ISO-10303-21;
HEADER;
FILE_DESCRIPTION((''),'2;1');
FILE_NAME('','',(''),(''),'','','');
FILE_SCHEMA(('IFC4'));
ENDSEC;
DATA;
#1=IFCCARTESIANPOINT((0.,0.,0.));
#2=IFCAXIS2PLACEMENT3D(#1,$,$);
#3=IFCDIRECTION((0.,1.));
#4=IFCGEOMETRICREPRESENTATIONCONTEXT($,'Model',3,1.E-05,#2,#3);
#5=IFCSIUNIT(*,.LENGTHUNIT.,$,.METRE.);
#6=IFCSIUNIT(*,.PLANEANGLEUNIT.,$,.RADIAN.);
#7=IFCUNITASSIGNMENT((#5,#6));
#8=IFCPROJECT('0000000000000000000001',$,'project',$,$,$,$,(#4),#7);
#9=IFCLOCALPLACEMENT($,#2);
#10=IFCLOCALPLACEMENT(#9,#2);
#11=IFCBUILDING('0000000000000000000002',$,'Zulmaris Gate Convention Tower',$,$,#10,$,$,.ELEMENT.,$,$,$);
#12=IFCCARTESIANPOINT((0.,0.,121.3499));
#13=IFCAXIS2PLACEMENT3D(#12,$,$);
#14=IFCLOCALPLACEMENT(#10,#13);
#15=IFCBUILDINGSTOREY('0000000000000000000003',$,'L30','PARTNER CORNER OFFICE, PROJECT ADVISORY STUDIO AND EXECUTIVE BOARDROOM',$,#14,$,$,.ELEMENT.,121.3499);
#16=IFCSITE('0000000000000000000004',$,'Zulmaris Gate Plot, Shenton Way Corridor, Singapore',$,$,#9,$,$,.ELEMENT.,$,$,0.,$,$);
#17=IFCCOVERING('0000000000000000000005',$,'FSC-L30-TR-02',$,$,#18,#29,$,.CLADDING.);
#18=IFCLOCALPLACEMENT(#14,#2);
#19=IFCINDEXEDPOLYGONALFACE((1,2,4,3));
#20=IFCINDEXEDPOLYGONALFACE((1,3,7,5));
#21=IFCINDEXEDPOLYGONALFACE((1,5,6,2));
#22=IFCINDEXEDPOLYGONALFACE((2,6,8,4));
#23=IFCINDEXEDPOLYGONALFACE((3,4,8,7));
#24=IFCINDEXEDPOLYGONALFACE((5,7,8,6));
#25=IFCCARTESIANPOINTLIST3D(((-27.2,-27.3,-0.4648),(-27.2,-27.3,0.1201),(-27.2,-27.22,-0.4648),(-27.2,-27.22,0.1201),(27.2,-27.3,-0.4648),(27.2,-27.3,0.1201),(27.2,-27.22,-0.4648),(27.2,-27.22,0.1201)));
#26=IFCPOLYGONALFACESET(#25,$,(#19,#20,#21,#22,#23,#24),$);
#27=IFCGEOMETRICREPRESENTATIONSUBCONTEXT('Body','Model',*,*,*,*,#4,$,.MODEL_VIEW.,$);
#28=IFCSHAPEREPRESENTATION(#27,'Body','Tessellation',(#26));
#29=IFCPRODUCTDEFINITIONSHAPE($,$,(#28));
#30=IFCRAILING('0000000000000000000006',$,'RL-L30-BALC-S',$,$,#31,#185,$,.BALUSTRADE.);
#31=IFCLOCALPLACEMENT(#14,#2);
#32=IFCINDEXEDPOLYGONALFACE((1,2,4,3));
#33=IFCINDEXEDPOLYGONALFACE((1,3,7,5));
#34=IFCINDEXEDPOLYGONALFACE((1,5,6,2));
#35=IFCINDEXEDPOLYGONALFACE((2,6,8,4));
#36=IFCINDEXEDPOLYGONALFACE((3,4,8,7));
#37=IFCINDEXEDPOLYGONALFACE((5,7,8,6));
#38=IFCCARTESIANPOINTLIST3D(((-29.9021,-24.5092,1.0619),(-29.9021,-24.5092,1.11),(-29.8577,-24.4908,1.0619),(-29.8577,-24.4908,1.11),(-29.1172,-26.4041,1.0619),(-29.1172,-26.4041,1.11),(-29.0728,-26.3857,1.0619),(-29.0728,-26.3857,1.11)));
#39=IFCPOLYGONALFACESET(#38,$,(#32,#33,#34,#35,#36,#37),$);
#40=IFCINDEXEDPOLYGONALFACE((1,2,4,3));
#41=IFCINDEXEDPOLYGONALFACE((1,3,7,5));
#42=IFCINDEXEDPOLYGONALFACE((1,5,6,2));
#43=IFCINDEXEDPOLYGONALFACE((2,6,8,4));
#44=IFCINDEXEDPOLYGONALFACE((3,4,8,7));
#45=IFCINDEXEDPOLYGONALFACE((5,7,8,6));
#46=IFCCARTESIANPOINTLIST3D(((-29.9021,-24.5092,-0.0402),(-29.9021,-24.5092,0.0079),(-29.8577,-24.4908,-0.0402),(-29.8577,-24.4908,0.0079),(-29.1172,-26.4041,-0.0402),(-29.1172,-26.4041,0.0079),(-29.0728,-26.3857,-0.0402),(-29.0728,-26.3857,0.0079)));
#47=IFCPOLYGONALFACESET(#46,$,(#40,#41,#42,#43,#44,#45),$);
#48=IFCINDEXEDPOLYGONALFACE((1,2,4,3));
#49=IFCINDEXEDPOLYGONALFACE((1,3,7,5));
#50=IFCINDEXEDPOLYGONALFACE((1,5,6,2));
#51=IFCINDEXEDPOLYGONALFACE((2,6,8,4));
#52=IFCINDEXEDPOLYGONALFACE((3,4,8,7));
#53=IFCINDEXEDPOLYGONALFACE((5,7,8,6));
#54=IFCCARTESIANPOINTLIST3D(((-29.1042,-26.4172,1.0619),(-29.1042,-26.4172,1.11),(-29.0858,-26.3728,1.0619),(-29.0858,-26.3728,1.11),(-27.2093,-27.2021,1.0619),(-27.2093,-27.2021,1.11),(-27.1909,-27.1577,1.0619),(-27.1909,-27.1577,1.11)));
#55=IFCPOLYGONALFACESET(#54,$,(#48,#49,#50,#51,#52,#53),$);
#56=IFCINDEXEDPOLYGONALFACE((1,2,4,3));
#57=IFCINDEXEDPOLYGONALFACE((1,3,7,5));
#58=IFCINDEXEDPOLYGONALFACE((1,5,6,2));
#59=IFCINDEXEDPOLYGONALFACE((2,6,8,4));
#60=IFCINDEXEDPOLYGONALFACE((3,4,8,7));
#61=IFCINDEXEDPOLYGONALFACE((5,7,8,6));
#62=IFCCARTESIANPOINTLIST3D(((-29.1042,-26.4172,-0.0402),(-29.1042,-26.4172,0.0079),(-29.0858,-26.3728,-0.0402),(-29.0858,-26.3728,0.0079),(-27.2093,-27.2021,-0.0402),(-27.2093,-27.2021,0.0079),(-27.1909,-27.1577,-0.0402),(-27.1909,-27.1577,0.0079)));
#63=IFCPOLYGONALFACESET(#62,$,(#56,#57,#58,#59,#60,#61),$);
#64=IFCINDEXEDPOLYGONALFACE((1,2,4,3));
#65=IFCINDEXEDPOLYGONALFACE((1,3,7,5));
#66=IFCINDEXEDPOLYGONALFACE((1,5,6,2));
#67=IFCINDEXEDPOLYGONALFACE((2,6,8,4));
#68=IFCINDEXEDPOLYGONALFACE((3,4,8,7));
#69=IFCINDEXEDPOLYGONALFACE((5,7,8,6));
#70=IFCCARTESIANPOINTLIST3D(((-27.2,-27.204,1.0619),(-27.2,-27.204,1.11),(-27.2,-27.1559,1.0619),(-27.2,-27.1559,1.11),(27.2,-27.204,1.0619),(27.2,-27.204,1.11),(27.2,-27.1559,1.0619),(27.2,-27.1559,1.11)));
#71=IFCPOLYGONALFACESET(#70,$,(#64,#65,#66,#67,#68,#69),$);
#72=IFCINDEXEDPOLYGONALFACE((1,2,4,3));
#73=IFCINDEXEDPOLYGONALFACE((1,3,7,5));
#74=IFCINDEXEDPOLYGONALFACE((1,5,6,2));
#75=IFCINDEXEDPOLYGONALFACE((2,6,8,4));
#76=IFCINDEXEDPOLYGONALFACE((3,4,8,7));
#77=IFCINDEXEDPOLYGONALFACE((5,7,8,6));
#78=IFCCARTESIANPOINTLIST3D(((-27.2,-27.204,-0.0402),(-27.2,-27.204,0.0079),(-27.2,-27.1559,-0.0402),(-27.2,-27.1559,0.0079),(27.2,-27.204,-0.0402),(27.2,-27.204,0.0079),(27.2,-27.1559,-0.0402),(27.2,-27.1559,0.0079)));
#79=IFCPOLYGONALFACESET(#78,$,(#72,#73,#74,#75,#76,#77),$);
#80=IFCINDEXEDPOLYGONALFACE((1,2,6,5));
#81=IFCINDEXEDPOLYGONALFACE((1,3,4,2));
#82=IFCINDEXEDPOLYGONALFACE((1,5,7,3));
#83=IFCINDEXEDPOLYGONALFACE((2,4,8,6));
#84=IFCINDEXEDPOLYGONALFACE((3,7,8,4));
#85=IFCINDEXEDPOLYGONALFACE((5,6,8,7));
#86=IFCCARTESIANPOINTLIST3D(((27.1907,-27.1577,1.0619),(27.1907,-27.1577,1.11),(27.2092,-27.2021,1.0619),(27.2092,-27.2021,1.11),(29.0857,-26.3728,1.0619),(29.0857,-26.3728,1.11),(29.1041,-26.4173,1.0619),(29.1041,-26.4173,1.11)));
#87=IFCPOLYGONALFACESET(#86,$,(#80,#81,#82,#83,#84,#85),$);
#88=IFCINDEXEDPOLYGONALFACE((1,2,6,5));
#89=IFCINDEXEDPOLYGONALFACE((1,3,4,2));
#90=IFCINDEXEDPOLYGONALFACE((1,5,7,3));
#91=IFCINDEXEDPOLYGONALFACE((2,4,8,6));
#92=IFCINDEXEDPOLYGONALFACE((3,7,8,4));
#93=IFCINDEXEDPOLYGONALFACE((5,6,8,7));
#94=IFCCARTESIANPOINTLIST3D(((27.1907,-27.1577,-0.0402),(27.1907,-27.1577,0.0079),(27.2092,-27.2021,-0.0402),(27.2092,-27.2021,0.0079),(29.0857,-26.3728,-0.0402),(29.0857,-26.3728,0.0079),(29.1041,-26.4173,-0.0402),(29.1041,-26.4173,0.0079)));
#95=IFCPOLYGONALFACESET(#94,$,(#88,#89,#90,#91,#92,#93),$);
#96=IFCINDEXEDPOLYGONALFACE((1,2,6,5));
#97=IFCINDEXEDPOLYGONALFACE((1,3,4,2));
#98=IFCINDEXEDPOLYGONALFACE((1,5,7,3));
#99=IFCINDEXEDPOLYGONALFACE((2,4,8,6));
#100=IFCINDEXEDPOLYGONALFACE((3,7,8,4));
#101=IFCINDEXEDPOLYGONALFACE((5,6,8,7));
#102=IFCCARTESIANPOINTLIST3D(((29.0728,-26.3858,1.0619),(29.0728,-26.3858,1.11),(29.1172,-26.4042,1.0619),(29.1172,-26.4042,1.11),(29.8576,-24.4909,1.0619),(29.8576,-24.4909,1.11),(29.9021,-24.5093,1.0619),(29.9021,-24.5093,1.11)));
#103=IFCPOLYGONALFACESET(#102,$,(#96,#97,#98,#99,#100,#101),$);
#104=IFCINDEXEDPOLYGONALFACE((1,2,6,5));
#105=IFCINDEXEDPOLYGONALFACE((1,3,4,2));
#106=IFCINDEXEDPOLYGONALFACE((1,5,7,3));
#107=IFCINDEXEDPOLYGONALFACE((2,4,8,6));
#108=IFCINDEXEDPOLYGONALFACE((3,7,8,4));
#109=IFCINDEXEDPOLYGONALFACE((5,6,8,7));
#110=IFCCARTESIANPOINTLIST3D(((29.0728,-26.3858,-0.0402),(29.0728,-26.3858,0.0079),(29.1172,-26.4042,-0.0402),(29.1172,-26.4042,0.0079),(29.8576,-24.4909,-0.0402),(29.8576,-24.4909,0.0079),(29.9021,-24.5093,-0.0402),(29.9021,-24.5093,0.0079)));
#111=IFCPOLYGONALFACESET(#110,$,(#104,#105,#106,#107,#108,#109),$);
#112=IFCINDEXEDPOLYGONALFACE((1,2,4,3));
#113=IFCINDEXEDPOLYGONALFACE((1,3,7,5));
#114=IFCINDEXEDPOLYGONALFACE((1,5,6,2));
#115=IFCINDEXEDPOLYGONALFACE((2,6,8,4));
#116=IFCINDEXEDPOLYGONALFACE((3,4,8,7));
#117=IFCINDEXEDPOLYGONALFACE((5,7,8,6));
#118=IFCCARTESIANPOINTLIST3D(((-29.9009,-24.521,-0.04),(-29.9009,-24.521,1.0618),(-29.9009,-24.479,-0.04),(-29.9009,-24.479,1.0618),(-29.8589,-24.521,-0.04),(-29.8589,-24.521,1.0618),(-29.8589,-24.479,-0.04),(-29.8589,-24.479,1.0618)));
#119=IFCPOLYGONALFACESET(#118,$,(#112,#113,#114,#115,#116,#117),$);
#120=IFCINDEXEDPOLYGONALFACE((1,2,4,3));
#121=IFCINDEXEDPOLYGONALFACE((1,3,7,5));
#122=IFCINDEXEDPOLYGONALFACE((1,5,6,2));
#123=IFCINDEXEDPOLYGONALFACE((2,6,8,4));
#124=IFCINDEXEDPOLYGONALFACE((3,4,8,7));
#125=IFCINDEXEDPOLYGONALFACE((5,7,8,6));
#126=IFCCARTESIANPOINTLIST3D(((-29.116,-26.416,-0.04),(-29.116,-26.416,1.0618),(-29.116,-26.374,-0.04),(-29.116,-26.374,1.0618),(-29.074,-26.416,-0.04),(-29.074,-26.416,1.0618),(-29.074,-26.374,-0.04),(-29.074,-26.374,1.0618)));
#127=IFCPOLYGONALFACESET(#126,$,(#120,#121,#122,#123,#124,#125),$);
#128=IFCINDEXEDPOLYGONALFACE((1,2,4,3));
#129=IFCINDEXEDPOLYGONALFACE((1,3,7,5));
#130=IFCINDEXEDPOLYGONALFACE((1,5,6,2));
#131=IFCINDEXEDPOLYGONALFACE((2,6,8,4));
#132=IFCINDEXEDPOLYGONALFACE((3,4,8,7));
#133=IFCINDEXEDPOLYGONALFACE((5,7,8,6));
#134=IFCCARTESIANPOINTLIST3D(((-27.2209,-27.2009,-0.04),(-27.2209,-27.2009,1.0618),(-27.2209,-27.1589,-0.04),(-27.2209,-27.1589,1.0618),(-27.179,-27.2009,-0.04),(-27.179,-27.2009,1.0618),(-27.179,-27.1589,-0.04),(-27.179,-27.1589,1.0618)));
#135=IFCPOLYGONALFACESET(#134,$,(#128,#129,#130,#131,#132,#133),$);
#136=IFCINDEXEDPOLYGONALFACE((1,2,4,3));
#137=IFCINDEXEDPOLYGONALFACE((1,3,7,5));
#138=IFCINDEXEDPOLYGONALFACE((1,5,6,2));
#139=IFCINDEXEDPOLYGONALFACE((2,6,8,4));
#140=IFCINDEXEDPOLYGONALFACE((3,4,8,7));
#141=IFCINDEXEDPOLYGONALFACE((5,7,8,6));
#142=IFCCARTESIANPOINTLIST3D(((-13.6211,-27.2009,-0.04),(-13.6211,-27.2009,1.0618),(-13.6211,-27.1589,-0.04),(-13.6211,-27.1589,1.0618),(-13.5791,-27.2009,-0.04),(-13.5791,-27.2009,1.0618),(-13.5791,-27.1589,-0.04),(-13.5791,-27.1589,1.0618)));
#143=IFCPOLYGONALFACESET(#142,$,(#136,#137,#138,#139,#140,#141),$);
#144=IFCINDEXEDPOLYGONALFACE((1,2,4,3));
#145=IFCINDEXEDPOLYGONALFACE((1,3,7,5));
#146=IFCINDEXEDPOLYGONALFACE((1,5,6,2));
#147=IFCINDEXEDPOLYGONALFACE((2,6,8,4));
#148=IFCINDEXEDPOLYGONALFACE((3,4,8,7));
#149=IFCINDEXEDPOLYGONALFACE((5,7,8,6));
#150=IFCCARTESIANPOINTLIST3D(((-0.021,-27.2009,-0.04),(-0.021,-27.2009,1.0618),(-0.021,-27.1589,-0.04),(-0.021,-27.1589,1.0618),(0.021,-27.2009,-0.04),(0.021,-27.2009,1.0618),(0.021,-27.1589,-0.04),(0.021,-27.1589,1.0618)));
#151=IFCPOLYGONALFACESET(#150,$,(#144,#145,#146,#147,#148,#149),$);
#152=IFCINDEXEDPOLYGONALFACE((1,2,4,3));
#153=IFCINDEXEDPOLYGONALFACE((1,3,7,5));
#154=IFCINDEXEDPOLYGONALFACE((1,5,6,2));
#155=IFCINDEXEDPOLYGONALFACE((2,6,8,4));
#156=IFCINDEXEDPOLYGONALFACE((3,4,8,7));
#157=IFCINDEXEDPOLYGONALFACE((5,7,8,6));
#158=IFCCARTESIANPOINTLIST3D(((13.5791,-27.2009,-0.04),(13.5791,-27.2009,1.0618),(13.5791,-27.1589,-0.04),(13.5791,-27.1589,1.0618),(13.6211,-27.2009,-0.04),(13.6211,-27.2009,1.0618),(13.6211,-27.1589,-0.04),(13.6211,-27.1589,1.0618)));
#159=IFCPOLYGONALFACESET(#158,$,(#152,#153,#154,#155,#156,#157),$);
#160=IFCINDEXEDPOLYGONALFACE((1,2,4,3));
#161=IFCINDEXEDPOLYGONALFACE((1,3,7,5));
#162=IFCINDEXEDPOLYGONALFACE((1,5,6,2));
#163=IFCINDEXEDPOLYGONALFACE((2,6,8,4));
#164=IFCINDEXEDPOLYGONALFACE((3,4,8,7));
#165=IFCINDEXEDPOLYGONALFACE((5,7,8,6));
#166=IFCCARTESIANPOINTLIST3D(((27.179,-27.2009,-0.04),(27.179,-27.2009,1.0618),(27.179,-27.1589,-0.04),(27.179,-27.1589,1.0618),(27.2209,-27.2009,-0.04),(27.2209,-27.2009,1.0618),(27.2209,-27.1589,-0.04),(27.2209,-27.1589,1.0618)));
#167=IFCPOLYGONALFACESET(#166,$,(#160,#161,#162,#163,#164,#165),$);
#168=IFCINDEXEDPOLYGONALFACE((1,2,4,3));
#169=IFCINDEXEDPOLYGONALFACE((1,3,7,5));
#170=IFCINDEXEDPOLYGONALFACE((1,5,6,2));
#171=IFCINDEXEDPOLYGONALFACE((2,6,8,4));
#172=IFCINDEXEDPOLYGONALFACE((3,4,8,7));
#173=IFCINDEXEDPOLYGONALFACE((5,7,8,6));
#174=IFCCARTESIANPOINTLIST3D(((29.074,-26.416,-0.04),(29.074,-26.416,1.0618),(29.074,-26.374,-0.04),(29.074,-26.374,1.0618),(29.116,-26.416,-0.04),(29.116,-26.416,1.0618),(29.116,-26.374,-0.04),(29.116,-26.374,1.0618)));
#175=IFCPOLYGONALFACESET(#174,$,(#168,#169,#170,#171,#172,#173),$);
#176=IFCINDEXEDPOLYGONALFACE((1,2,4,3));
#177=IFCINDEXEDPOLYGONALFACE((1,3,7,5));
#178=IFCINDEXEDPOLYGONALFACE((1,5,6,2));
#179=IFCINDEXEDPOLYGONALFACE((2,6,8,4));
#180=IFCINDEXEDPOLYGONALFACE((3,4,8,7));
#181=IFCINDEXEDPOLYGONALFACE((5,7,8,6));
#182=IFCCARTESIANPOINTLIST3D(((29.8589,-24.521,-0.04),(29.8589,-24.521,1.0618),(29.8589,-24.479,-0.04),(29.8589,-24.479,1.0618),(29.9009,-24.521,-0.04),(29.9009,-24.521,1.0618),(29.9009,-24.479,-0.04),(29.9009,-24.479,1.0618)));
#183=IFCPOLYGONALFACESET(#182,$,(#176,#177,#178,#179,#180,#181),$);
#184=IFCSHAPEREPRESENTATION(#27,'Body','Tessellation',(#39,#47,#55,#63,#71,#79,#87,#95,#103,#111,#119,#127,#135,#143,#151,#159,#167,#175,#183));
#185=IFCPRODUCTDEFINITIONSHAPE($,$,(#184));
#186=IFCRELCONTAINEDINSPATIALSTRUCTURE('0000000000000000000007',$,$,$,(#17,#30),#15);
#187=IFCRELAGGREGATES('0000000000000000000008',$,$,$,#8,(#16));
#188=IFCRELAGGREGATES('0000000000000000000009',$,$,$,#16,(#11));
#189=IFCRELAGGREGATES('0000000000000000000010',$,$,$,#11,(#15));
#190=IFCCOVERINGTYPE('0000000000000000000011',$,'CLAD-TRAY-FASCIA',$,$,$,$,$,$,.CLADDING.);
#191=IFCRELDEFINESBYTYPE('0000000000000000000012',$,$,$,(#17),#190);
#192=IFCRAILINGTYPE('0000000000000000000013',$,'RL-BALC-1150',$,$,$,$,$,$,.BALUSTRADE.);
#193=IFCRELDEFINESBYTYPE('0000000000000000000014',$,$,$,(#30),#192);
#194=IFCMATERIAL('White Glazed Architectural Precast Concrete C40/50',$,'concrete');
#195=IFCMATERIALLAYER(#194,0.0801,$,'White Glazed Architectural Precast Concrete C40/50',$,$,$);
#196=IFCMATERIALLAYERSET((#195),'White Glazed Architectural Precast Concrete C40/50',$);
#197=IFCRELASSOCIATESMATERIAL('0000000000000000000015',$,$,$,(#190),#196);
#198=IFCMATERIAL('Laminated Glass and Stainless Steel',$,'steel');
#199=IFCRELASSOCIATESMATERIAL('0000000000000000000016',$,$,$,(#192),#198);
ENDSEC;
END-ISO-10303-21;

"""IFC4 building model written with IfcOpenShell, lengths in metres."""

from ifc_helpers import new_model, si_unit, direction, frame, frame_2d, origin, origin_2d, place, context, subcontext, project, spatial, rectangle, extrude, material, layer, layer_set, type_object, element, save


model = new_model("IFC4")

# Units and contexts
model_context = context("Model", 3, precision=1e-05, world=origin(), true_north=direction((0.0, 1.0)))
body_context = subcontext(model_context, "Body", "Model", "MODEL_VIEW")
ifc_project = project(units=[si_unit("LENGTHUNIT", "METRE"), si_unit("PLANEANGLEUNIT", "RADIAN")], contexts=[model_context])

# Site, building, storey
site_placement = place(None, origin())
site = spatial("IfcSite", under=ifc_project, at=site_placement, Name="Zulmaris Gate Plot, Shenton Way Corridor, Singapore", CompositionType="ELEMENT", RefElevation=0.0)
building_placement = place(site_placement, origin())
building = spatial("IfcBuilding", under=site, at=building_placement, Name="Zulmaris Gate Convention Tower", CompositionType="ELEMENT")
storey_placement = place(building_placement, frame((0.0, 0.0, 121.3499)))
storey = spatial("IfcBuildingStorey", under=building, at=storey_placement, Name="L30", Description="PARTNER CORNER OFFICE, PROJECT ADVISORY STUDIO AND EXECUTIVE BOARDROOM", CompositionType="ELEMENT", Elevation=121.3499)

# Covering
ifc_material_1 = material(Name="White Glazed Architectural Precast Concrete C40/50", Category="concrete")
ifc_layer_1 = layer(ifc_material_1, 0.0801, Name="White Glazed Architectural Precast Concrete C40/50")
ifc_layer_set_1 = layer_set([ifc_layer_1], Name="White Glazed Architectural Precast Concrete C40/50")
covering_type = type_object("IfcCoveringType", Name="CLAD-TRAY-FASCIA", PredefinedType="CLADDING", material=ifc_layer_set_1)
covering_1_placement = place(storey_placement, frame((-27.2, -27.26, -0.4648), z_axis=(0.0, 0.0, 1.0), x_axis=(1.0, 0.0, 0.0)))
element("IfcCovering", 1, at=covering_1_placement, inside=storey, type_object=covering_type, Name="FSC-L30-TR-02", PredefinedType="CLADDING", context=body_context, shape_type="SweptSolid", body=[
    extrude(rectangle(XDim=54.3999, YDim=0.0801, at=frame_2d((27.2, 0.0))), origin(), (0.0, 0.0, 1.0), 0.585),
])

# Railing
ifc_material_2 = material(Name="Laminated Glass and Stainless Steel", Category="steel")
railing_type = type_object("IfcRailingType", Name="RL-BALC-1150", PredefinedType="BALUSTRADE", material=ifc_material_2)
railing_placement = place(storey_placement, frame((-29.8799, -24.5, -0.04)))
element("IfcRailing", 2, at=railing_placement, inside=storey, type_object=railing_type, Name="RL-L30-BALC-S", PredefinedType="BALUSTRADE", context=body_context, shape_type="SweptSolid", body=[
    extrude(rectangle(XDim=0.0481, YDim=0.0481, at=origin_2d()), frame((0.0, 0.0, 1.126), z_axis=(0.382671, -0.923885, 0.0), x_axis=(0.923885, 0.382671, 0.0)), (0.0, 0.0, 1.0), 2.051),
    extrude(rectangle(XDim=0.0481, YDim=0.0481, at=origin_2d()), frame((0.0, 0.0, 0.0239), z_axis=(0.382671, -0.923885, 0.0), x_axis=(0.923885, 0.382671, 0.0)), (0.0, 0.0, 1.0), 2.051),
    extrude(rectangle(XDim=0.0481, YDim=0.0481, at=origin_2d()), frame((0.7849, -1.895, 1.126), z_axis=(0.923885, -0.382671, 0.0), x_axis=(0.382671, 0.923885, 0.0)), (0.0, 0.0, 1.0), 2.051),
    extrude(rectangle(XDim=0.0481, YDim=0.0481, at=origin_2d()), frame((0.7849, -1.895, 0.0239), z_axis=(0.923885, -0.382671, 0.0), x_axis=(0.382671, 0.923885, 0.0)), (0.0, 0.0, 1.0), 2.051),
    extrude(rectangle(XDim=0.0481, YDim=0.0481, at=origin_2d()), frame((2.6799, -2.6799, 1.126), z_axis=(1.0, 0.0, 0.0), x_axis=(0.0, 1.0, 0.0)), (0.0, 0.0, 1.0), 54.3999),
    extrude(rectangle(XDim=0.0481, YDim=0.0481, at=origin_2d()), frame((2.6799, -2.6799, 0.0239), z_axis=(1.0, 0.0, 0.0), x_axis=(0.0, 1.0, 0.0)), (0.0, 0.0, 1.0), 54.3999),
    extrude(rectangle(XDim=0.0481, YDim=0.0481, at=origin_2d()), frame((57.0798, -2.6799, 1.126), z_axis=(0.923885, 0.382671, 0.0), x_axis=(-0.382671, 0.923885, 0.0)), (0.0, 0.0, 1.0), 2.051),
    extrude(rectangle(XDim=0.0481, YDim=0.0481, at=origin_2d()), frame((57.0798, -2.6799, 0.0239), z_axis=(0.923885, 0.382671, 0.0), x_axis=(-0.382671, 0.923885, 0.0)), (0.0, 0.0, 1.0), 2.051),
    extrude(rectangle(XDim=0.0481, YDim=0.0481, at=origin_2d()), frame((58.9749, -1.895, 1.126), z_axis=(0.382671, 0.923885, 0.0), x_axis=(-0.923885, 0.382671, 0.0)), (0.0, 0.0, 1.0), 2.051),
    extrude(rectangle(XDim=0.0481, YDim=0.0481, at=origin_2d()), frame((58.9749, -1.895, 0.0239), z_axis=(0.382671, 0.923885, 0.0), x_axis=(-0.923885, 0.382671, 0.0)), (0.0, 0.0, 1.0), 2.051),
    extrude(rectangle(XDim=0.042, YDim=0.042, at=origin_2d()), origin(), (0.0, 0.0, 1.0), 1.1018),
    extrude(rectangle(XDim=0.042, YDim=0.042, at=origin_2d()), frame((0.7849, -1.895, 0.0)), (0.0, 0.0, 1.0), 1.1018),
    extrude(rectangle(XDim=0.042, YDim=0.042, at=origin_2d()), frame((2.6799, -2.6799, 0.0)), (0.0, 0.0, 1.0), 1.1018),
    extrude(rectangle(XDim=0.042, YDim=0.042, at=origin_2d()), frame((16.2798, -2.6799, 0.0)), (0.0, 0.0, 1.0), 1.1018),
    extrude(rectangle(XDim=0.042, YDim=0.042, at=origin_2d()), frame((29.8799, -2.6799, 0.0)), (0.0, 0.0, 1.0), 1.1018),
    extrude(rectangle(XDim=0.042, YDim=0.042, at=origin_2d()), frame((43.48, -2.6799, 0.0)), (0.0, 0.0, 1.0), 1.1018),
    extrude(rectangle(XDim=0.042, YDim=0.042, at=origin_2d()), frame((57.0798, -2.6799, 0.0)), (0.0, 0.0, 1.0), 1.1018),
    extrude(rectangle(XDim=0.042, YDim=0.042, at=origin_2d()), frame((58.9749, -1.895, 0.0)), (0.0, 0.0, 1.0), 1.1018),
    extrude(rectangle(XDim=0.042, YDim=0.042, at=origin_2d()), frame((59.7598, 0.0, 0.0)), (0.0, 0.0, 1.0), 1.1018),
])

save(model, "model.ifc")
